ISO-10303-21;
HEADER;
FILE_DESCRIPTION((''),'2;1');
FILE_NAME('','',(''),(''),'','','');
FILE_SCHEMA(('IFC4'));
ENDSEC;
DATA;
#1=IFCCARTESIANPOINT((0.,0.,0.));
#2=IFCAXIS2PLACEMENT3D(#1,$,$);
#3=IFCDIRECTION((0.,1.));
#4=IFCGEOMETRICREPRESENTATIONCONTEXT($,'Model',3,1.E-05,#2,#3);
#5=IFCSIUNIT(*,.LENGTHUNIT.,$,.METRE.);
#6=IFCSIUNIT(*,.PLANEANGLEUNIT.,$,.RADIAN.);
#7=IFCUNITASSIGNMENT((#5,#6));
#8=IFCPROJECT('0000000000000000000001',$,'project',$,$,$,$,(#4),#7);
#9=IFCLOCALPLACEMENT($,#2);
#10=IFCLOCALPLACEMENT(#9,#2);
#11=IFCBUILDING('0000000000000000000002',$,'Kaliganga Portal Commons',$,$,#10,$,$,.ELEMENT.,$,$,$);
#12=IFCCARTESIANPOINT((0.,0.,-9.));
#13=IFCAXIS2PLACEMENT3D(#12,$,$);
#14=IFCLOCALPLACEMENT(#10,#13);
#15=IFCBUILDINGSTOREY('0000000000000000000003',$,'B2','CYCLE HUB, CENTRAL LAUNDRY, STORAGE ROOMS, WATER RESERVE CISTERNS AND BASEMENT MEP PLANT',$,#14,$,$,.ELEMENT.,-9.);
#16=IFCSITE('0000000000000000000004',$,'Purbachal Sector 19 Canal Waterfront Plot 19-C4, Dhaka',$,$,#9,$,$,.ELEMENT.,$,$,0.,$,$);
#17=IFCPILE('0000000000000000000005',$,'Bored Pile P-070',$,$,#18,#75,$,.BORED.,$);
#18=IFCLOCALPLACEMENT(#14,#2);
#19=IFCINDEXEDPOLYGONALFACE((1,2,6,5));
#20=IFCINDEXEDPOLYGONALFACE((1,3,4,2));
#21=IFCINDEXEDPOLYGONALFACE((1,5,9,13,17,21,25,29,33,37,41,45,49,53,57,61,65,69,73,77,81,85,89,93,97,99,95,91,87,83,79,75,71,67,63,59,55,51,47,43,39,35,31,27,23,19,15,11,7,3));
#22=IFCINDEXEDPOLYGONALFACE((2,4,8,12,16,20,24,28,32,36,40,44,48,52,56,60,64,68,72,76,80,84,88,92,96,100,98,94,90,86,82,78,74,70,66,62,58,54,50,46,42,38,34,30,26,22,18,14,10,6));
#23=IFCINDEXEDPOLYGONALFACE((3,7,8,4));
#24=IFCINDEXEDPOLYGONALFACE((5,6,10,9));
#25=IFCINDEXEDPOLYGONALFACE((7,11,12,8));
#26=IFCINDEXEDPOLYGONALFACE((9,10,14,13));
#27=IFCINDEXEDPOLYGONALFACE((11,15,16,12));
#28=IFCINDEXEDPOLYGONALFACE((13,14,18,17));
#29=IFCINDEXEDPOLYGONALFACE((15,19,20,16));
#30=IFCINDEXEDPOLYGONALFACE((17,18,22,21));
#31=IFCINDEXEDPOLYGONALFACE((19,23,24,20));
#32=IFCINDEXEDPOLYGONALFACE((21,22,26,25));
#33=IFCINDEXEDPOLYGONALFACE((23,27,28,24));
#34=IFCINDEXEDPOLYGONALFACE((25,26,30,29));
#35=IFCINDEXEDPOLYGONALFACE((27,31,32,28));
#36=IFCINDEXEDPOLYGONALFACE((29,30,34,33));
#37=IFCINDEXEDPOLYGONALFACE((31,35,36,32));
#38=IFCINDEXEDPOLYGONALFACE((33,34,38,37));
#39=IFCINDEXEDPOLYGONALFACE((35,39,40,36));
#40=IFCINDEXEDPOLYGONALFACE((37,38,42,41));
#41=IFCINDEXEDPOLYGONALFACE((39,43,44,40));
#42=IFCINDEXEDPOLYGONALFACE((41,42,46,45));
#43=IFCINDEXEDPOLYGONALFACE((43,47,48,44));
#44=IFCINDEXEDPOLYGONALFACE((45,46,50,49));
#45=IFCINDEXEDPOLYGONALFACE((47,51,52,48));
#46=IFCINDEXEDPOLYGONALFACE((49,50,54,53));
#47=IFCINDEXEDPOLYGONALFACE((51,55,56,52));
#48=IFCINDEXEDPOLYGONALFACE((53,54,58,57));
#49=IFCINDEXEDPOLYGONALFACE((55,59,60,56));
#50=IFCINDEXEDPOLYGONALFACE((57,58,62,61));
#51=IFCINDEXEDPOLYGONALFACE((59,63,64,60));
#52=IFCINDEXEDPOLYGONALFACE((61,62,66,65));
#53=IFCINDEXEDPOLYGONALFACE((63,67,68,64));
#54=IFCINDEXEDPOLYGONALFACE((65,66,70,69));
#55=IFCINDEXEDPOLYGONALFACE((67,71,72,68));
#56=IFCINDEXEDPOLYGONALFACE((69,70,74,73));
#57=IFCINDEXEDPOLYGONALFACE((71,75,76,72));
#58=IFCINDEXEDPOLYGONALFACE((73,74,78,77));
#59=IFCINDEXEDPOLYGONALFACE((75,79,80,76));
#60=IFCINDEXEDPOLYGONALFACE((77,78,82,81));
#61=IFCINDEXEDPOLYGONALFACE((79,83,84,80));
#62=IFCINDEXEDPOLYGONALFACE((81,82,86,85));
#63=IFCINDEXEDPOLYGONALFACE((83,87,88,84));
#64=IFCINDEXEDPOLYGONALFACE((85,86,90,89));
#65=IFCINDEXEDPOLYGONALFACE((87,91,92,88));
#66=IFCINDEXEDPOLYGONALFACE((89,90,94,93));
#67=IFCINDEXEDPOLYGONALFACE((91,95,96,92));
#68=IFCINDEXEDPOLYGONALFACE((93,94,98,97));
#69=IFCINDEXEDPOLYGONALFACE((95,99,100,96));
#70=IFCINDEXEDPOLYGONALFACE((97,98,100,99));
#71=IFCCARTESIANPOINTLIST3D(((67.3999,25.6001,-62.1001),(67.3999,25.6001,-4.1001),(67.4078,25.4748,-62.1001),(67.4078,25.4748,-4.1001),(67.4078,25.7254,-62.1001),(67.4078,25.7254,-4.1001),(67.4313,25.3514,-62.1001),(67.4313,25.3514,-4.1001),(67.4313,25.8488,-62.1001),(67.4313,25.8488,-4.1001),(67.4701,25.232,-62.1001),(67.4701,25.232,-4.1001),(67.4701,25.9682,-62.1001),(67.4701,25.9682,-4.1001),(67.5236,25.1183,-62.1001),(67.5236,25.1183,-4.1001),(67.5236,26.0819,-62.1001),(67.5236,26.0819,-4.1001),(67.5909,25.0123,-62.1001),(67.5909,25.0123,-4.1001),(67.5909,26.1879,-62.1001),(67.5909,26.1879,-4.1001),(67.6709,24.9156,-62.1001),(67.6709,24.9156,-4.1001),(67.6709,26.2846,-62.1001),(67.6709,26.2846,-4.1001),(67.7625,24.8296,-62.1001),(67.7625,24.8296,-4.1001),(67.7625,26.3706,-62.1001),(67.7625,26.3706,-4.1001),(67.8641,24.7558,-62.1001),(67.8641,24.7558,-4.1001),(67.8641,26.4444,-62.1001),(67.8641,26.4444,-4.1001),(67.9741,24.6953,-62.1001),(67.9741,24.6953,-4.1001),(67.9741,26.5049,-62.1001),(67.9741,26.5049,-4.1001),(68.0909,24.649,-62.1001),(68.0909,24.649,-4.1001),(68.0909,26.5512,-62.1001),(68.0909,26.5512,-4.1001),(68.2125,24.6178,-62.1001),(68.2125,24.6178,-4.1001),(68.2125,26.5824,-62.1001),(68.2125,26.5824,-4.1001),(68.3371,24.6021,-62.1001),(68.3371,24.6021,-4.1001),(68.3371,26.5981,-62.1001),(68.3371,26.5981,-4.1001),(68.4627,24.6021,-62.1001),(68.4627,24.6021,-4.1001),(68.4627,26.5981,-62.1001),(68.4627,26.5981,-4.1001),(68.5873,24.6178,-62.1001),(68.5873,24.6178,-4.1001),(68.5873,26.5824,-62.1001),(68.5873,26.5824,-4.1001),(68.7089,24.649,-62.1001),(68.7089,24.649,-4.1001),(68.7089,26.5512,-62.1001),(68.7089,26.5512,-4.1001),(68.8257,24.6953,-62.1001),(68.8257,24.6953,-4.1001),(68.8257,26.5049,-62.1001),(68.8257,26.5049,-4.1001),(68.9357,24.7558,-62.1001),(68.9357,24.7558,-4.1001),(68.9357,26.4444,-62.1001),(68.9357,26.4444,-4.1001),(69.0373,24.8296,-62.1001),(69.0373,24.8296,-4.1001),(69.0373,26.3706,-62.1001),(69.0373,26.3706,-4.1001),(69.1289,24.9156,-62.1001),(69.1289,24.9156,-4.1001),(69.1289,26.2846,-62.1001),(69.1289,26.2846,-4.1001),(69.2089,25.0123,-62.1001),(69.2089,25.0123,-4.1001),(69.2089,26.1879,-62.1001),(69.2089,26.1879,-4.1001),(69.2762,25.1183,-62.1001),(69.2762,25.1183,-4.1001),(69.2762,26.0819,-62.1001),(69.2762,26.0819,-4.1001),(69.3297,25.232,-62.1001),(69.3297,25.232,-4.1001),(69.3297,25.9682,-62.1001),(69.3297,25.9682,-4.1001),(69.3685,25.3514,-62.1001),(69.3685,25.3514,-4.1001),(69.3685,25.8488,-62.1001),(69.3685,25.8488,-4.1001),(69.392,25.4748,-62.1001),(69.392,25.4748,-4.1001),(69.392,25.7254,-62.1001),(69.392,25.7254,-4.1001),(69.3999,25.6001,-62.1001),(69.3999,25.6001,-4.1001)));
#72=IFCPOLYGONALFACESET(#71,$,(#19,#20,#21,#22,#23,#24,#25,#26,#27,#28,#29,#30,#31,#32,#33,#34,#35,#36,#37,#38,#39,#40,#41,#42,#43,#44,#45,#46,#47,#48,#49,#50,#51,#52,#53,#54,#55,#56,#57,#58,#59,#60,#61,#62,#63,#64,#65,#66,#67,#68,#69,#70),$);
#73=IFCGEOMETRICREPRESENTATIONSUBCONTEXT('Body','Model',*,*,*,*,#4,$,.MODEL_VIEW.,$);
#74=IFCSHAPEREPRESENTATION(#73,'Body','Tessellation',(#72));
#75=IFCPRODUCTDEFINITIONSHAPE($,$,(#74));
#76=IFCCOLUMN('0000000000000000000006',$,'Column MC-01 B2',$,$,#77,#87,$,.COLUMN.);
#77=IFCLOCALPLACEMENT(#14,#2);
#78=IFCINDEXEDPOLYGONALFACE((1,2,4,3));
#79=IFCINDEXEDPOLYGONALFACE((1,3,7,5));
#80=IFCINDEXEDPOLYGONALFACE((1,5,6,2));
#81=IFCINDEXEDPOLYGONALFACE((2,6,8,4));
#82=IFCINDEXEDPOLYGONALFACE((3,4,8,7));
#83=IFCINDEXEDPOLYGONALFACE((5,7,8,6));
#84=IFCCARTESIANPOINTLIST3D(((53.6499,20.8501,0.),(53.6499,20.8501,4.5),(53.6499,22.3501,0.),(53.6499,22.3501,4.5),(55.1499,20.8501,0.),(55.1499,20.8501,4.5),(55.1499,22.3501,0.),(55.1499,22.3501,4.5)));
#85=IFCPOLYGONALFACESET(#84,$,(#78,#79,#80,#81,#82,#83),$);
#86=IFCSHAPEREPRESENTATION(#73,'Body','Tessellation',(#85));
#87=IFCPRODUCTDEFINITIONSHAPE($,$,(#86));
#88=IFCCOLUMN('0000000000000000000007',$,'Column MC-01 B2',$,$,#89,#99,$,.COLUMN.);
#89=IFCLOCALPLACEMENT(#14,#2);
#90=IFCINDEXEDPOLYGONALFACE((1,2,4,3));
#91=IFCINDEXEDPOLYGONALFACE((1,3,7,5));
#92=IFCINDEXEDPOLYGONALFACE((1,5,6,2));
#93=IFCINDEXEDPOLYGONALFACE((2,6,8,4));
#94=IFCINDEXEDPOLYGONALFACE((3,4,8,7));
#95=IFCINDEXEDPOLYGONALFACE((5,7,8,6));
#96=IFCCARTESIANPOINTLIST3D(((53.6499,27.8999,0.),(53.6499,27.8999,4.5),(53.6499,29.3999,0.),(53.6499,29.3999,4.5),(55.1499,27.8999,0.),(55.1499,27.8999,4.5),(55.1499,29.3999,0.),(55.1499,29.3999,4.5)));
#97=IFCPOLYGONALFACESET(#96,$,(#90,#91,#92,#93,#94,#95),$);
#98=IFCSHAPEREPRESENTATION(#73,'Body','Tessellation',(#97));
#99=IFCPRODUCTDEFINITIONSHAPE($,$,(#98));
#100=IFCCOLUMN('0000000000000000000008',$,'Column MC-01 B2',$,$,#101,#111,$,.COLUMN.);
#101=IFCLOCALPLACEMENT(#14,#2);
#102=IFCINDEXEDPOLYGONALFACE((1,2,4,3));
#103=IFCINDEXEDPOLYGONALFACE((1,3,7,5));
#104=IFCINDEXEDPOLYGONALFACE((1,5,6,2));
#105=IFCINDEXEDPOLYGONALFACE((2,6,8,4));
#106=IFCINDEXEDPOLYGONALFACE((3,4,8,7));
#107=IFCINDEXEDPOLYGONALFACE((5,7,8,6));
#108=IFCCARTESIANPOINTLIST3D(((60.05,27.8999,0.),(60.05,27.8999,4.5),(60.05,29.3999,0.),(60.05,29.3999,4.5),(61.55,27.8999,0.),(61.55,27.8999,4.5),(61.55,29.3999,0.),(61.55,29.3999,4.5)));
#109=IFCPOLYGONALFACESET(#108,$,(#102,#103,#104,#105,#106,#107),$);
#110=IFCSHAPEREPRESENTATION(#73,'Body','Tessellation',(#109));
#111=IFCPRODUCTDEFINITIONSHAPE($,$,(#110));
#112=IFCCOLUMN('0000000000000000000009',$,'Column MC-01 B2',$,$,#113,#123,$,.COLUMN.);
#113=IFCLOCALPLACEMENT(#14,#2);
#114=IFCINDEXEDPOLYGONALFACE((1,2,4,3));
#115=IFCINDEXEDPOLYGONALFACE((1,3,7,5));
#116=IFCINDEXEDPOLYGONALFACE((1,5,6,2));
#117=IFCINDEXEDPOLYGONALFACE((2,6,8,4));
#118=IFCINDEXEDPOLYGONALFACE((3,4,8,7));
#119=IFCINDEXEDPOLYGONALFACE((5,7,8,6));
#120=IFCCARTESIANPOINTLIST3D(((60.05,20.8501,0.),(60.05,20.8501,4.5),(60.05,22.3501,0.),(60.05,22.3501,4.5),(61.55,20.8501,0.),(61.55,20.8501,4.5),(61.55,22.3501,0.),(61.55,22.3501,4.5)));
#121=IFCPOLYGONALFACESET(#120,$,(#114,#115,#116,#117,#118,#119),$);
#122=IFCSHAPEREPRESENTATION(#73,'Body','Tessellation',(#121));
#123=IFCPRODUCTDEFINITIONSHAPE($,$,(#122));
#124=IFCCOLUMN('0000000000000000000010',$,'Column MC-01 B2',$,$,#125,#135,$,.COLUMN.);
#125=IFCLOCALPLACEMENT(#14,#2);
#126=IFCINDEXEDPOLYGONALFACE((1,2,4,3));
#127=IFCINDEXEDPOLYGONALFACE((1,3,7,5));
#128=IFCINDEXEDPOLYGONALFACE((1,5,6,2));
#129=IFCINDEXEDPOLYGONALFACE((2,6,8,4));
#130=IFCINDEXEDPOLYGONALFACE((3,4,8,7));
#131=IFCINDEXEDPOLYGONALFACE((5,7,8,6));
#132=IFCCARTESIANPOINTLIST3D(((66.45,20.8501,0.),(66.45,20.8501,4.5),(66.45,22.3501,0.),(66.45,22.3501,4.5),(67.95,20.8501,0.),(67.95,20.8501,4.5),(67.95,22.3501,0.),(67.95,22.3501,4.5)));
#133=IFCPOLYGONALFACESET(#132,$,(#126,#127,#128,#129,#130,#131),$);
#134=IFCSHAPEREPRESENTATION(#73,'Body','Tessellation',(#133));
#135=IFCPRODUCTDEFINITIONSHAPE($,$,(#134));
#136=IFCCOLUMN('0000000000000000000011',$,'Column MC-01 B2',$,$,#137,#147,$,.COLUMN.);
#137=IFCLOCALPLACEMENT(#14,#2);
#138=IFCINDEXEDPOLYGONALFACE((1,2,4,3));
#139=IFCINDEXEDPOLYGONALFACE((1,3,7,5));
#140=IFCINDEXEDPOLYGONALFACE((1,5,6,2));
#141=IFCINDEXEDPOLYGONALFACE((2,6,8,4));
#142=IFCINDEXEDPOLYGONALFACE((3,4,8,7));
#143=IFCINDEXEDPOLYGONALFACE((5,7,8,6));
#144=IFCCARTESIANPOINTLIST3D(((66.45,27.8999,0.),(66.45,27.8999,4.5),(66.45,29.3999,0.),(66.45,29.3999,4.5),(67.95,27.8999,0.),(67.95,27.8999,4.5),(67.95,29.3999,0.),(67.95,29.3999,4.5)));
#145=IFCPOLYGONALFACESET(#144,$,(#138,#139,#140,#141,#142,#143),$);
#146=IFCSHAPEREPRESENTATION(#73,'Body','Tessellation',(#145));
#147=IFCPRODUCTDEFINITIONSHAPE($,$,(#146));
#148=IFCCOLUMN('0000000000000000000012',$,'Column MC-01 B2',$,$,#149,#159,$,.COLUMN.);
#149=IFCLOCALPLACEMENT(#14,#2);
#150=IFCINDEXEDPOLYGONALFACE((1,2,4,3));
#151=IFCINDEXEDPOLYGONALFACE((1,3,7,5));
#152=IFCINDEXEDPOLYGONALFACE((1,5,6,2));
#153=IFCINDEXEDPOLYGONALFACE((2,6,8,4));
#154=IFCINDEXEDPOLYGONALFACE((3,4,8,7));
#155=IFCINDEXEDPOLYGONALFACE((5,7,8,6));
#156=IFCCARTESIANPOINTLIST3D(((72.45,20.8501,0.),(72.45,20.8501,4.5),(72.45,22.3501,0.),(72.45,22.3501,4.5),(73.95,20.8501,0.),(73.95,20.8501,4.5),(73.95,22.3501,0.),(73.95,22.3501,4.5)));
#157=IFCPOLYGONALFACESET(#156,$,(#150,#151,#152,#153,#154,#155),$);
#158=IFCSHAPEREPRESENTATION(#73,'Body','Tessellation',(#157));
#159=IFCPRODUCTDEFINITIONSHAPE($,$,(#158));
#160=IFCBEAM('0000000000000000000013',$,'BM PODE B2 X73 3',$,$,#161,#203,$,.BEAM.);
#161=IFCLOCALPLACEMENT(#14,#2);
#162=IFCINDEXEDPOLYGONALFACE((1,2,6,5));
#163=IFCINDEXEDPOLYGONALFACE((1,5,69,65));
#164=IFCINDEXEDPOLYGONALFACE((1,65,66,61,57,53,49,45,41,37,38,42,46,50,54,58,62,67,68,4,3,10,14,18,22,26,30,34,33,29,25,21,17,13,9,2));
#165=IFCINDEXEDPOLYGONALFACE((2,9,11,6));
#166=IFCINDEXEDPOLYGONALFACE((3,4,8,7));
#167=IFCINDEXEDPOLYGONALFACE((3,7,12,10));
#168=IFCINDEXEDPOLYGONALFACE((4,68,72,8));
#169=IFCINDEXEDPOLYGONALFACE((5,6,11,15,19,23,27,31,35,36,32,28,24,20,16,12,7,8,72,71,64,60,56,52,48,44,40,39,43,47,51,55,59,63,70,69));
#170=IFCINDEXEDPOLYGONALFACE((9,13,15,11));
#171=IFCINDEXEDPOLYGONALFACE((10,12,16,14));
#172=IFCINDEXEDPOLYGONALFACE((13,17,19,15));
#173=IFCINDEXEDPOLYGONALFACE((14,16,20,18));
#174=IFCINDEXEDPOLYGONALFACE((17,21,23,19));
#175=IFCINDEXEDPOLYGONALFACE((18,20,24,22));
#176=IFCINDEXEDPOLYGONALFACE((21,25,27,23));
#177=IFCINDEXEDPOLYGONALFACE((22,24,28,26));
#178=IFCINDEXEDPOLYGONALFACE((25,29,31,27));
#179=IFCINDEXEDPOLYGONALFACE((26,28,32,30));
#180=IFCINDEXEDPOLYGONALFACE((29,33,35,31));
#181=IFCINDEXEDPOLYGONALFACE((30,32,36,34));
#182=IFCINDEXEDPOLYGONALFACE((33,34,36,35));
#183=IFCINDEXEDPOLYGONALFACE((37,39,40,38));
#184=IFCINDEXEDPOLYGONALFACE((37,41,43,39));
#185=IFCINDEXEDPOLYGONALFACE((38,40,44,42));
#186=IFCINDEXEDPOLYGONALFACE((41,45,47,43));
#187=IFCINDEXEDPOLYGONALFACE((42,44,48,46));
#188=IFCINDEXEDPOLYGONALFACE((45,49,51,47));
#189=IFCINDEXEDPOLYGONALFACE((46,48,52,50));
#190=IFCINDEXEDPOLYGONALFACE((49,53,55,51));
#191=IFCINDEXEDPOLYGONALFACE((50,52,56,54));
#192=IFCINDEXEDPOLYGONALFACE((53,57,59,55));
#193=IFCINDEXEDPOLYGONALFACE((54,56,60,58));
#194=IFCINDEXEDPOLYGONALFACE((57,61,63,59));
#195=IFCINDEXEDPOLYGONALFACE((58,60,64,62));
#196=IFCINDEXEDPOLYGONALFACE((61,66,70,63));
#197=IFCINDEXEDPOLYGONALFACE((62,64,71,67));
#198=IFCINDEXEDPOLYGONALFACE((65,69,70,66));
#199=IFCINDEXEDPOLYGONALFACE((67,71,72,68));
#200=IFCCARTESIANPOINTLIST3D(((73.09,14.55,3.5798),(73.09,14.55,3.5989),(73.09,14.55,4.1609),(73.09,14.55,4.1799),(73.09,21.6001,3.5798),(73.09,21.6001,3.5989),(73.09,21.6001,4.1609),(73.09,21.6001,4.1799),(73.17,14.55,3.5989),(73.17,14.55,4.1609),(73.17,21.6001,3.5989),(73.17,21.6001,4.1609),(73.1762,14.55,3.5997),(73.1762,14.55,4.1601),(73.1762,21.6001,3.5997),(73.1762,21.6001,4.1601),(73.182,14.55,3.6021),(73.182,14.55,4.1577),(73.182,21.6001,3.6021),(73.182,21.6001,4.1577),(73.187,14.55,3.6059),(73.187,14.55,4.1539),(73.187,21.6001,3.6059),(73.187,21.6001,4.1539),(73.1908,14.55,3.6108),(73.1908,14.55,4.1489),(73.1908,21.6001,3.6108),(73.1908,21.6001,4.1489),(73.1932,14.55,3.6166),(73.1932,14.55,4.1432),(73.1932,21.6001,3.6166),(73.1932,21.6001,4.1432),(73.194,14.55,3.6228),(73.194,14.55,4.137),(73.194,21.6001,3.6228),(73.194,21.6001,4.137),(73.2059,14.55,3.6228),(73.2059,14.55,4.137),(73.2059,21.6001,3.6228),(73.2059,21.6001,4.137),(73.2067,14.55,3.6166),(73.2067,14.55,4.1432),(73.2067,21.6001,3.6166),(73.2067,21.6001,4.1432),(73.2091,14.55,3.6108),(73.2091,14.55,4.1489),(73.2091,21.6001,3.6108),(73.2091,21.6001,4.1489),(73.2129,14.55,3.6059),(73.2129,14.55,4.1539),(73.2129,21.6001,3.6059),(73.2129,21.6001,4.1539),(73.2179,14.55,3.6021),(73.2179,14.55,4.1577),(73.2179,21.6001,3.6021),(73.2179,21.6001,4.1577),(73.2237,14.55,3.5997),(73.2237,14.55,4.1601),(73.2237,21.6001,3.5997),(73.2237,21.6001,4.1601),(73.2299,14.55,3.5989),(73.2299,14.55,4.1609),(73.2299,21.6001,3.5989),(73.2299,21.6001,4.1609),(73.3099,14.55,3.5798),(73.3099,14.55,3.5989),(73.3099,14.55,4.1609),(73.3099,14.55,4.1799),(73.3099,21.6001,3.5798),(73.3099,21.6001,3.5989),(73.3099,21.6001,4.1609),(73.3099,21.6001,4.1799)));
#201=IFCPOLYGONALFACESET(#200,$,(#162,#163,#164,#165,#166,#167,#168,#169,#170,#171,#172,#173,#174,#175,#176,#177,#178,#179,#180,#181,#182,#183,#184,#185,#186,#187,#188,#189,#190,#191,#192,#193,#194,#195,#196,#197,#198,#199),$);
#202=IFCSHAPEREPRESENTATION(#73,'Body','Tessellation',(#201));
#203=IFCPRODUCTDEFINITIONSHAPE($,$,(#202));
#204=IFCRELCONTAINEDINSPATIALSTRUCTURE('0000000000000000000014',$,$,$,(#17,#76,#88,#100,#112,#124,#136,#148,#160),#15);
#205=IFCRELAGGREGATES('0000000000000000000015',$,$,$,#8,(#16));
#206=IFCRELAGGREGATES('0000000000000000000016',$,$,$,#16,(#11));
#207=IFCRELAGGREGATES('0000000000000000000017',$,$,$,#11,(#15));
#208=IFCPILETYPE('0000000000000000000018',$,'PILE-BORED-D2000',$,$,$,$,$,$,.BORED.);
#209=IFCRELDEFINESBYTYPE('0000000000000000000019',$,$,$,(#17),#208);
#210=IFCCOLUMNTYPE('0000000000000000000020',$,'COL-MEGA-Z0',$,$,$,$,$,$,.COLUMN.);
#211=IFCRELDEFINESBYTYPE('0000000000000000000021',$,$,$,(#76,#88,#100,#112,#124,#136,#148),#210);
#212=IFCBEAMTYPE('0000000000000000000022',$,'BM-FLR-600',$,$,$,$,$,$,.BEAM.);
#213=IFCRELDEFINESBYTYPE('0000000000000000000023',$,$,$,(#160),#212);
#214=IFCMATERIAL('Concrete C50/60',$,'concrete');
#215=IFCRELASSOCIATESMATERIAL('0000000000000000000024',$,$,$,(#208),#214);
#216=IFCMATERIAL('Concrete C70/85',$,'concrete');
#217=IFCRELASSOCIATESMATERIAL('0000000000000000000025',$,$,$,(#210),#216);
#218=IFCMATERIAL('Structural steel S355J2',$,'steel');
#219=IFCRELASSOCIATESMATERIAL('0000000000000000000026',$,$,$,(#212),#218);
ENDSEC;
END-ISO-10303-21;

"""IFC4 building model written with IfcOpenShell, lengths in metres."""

from ifc_helpers import new_model, si_unit, direction, frame, origin, origin_2d, place, context, subcontext, project, spatial, rectangle, circle, i_section, extrude, source, transform, mapped, material, material_profile, profile_set, type_object, element, save


model = new_model("IFC4")

# Units and contexts
model_context = context("Model", 3, precision=1e-05, world=origin(), true_north=direction((0.0, 1.0)))
body_context = subcontext(model_context, "Body", "Model", "MODEL_VIEW")
ifc_project = project(units=[si_unit("LENGTHUNIT", "METRE"), si_unit("PLANEANGLEUNIT", "RADIAN")], contexts=[model_context])

# Site, building, storey
site_placement = place(None, origin())
site = spatial("IfcSite", under=ifc_project, at=site_placement, Name="Purbachal Sector 19 Canal Waterfront Plot 19-C4, Dhaka", CompositionType="ELEMENT", RefElevation=0.0)
building_placement = place(site_placement, origin())
building = spatial("IfcBuilding", under=site, at=building_placement, Name="Kaliganga Portal Commons", CompositionType="ELEMENT")
storey_placement = place(building_placement, frame((0.0, 0.0, -9.0)))
storey = spatial("IfcBuildingStorey", under=building, at=storey_placement, Name="B2", Description="CYCLE HUB, CENTRAL LAUNDRY, STORAGE ROOMS, WATER RESERVE CISTERNS AND BASEMENT MEP PLANT", CompositionType="ELEMENT", Elevation=-9.0)

# Pile
ifc_material_1 = material(Name="Concrete C50/60", Category="concrete")
ifc_material_profile_1 = material_profile(ifc_material_1, circle(Radius=1.0, at=origin_2d()), Name="PILE D2000")
ifc_profile_set_1 = profile_set([ifc_material_profile_1], Name="Concrete C50/60")
pile_type = type_object("IfcPileType", Name="PILE-BORED-D2000", PredefinedType="BORED", material=ifc_profile_set_1)
for number, where, z_axis, x_axis, name in (
    (1, (68.3999, 25.6001, -4.1001), (0.0, 0.0, -1.0), (1.0, 0.0, 0.0), "Bored Pile P-070"),
):
    element("IfcPile", number, at=place(storey_placement, frame(where, z_axis=z_axis, x_axis=x_axis)), inside=storey, type_object=pile_type, Name=name, PredefinedType="BORED", context=body_context, shape_type="SweptSolid", body=[
        extrude(circle(Radius=1.0, at=origin_2d()), origin(), (0.0, 0.0, 1.0), 58.0),
    ])

# Columns
ifc_material_2 = material(Name="Concrete C70/85", Category="concrete")
ifc_material_profile_2 = material_profile(ifc_material_2, rectangle(XDim=1.5, YDim=1.5, at=origin_2d()), Name="RC 1500x1500")
ifc_profile_set_2 = profile_set([ifc_material_profile_2], Name="Concrete C70/85")
column_type = type_object("IfcColumnType", Name="COL-MEGA-Z0", PredefinedType="COLUMN", material=ifc_profile_set_2)
shared_shape_1 = source(origin(), body_context, "Body", "SweptSolid", [
    extrude(rectangle(XDim=1.5, YDim=1.5, at=origin_2d()), origin(), (0.0, 0.0, 1.0), 4.5),
])
for number, where, z_axis, x_axis, name in (
    (2, (54.3999, 21.6001, 0.0), (0.0, 0.0, 1.0), (1.0, 0.0, 0.0), "Column MC-01 B2"),
    (3, (54.3999, 28.6499, 0.0), (0.0, 0.0, 1.0), (1.0, 0.0, 0.0), "Column MC-01 B2"),
    (4, (60.8, 28.6499, 0.0), (0.0, 0.0, 1.0), (1.0, 0.0, 0.0), "Column MC-01 B2"),
    (5, (60.8, 21.6001, 0.0), (0.0, 0.0, 1.0), (1.0, 0.0, 0.0), "Column MC-01 B2"),
    (6, (67.2, 21.6001, 0.0), (0.0, 0.0, 1.0), (1.0, 0.0, 0.0), "Column MC-01 B2"),
    (7, (67.2, 28.6499, 0.0), (0.0, 0.0, 1.0), (1.0, 0.0, 0.0), "Column MC-01 B2"),
    (8, (73.2, 21.6001, 0.0), (0.0, 0.0, 1.0), (1.0, 0.0, 0.0), "Column MC-01 B2"),
):
    element("IfcColumn", number, at=place(storey_placement, frame(where, z_axis=z_axis, x_axis=x_axis)), inside=storey, type_object=column_type, Name=name, PredefinedType="COLUMN", context=body_context, shape_type="MappedRepresentation", body=[
        mapped(shared_shape_1, transform((0.0, 0.0, 0.0), x_axis=(1.0, 0.0, 0.0), y_axis=(0.0, 1.0, 0.0), z_axis=(0.0, 0.0, 1.0), scale=1.0)),
    ])

# Beam
ifc_material_3 = material(Name="Structural steel S355J2", Category="steel")
ifc_material_profile_3 = material_profile(ifc_material_3, i_section(OverallWidth=0.22, OverallDepth=0.6001, WebThickness=0.012, FlangeThickness=0.019, FilletRadius=0.0239, at=origin_2d()), Name="IPE 600")
ifc_profile_set_3 = profile_set([ifc_material_profile_3], Name="Structural steel S355J2 wide-flange")
beam_type_1 = type_object("IfcBeamType", Name="BM-FLR-600", PredefinedType="BEAM", material=ifc_profile_set_3)
shared_shape_2 = source(origin(), body_context, "Body", "SweptSolid", [
    extrude(i_section(OverallWidth=0.22, OverallDepth=0.6001, WebThickness=0.012, FlangeThickness=0.019, FilletRadius=0.0239, at=origin_2d()), origin(), (0.0, 0.0, 1.0), 7.05),
])
beam_1_placement = place(storey_placement, frame((73.2, 14.55, 3.8799), z_axis=(0.0, 1.0, 0.0), x_axis=(-1.0, 0.0, 0.0)))
element("IfcBeam", 9, at=beam_1_placement, inside=storey, type_object=beam_type_1, Name="BM PODE B2 X73 3", PredefinedType="BEAM", context=body_context, shape_type="MappedRepresentation", body=[
    mapped(shared_shape_2, transform((0.0, 0.0, 0.0), x_axis=(1.0, 0.0, 0.0), y_axis=(0.0, 1.0, 0.0), z_axis=(0.0, 0.0, 1.0), scale=1.0)),
])

save(model, "model.ifc")
